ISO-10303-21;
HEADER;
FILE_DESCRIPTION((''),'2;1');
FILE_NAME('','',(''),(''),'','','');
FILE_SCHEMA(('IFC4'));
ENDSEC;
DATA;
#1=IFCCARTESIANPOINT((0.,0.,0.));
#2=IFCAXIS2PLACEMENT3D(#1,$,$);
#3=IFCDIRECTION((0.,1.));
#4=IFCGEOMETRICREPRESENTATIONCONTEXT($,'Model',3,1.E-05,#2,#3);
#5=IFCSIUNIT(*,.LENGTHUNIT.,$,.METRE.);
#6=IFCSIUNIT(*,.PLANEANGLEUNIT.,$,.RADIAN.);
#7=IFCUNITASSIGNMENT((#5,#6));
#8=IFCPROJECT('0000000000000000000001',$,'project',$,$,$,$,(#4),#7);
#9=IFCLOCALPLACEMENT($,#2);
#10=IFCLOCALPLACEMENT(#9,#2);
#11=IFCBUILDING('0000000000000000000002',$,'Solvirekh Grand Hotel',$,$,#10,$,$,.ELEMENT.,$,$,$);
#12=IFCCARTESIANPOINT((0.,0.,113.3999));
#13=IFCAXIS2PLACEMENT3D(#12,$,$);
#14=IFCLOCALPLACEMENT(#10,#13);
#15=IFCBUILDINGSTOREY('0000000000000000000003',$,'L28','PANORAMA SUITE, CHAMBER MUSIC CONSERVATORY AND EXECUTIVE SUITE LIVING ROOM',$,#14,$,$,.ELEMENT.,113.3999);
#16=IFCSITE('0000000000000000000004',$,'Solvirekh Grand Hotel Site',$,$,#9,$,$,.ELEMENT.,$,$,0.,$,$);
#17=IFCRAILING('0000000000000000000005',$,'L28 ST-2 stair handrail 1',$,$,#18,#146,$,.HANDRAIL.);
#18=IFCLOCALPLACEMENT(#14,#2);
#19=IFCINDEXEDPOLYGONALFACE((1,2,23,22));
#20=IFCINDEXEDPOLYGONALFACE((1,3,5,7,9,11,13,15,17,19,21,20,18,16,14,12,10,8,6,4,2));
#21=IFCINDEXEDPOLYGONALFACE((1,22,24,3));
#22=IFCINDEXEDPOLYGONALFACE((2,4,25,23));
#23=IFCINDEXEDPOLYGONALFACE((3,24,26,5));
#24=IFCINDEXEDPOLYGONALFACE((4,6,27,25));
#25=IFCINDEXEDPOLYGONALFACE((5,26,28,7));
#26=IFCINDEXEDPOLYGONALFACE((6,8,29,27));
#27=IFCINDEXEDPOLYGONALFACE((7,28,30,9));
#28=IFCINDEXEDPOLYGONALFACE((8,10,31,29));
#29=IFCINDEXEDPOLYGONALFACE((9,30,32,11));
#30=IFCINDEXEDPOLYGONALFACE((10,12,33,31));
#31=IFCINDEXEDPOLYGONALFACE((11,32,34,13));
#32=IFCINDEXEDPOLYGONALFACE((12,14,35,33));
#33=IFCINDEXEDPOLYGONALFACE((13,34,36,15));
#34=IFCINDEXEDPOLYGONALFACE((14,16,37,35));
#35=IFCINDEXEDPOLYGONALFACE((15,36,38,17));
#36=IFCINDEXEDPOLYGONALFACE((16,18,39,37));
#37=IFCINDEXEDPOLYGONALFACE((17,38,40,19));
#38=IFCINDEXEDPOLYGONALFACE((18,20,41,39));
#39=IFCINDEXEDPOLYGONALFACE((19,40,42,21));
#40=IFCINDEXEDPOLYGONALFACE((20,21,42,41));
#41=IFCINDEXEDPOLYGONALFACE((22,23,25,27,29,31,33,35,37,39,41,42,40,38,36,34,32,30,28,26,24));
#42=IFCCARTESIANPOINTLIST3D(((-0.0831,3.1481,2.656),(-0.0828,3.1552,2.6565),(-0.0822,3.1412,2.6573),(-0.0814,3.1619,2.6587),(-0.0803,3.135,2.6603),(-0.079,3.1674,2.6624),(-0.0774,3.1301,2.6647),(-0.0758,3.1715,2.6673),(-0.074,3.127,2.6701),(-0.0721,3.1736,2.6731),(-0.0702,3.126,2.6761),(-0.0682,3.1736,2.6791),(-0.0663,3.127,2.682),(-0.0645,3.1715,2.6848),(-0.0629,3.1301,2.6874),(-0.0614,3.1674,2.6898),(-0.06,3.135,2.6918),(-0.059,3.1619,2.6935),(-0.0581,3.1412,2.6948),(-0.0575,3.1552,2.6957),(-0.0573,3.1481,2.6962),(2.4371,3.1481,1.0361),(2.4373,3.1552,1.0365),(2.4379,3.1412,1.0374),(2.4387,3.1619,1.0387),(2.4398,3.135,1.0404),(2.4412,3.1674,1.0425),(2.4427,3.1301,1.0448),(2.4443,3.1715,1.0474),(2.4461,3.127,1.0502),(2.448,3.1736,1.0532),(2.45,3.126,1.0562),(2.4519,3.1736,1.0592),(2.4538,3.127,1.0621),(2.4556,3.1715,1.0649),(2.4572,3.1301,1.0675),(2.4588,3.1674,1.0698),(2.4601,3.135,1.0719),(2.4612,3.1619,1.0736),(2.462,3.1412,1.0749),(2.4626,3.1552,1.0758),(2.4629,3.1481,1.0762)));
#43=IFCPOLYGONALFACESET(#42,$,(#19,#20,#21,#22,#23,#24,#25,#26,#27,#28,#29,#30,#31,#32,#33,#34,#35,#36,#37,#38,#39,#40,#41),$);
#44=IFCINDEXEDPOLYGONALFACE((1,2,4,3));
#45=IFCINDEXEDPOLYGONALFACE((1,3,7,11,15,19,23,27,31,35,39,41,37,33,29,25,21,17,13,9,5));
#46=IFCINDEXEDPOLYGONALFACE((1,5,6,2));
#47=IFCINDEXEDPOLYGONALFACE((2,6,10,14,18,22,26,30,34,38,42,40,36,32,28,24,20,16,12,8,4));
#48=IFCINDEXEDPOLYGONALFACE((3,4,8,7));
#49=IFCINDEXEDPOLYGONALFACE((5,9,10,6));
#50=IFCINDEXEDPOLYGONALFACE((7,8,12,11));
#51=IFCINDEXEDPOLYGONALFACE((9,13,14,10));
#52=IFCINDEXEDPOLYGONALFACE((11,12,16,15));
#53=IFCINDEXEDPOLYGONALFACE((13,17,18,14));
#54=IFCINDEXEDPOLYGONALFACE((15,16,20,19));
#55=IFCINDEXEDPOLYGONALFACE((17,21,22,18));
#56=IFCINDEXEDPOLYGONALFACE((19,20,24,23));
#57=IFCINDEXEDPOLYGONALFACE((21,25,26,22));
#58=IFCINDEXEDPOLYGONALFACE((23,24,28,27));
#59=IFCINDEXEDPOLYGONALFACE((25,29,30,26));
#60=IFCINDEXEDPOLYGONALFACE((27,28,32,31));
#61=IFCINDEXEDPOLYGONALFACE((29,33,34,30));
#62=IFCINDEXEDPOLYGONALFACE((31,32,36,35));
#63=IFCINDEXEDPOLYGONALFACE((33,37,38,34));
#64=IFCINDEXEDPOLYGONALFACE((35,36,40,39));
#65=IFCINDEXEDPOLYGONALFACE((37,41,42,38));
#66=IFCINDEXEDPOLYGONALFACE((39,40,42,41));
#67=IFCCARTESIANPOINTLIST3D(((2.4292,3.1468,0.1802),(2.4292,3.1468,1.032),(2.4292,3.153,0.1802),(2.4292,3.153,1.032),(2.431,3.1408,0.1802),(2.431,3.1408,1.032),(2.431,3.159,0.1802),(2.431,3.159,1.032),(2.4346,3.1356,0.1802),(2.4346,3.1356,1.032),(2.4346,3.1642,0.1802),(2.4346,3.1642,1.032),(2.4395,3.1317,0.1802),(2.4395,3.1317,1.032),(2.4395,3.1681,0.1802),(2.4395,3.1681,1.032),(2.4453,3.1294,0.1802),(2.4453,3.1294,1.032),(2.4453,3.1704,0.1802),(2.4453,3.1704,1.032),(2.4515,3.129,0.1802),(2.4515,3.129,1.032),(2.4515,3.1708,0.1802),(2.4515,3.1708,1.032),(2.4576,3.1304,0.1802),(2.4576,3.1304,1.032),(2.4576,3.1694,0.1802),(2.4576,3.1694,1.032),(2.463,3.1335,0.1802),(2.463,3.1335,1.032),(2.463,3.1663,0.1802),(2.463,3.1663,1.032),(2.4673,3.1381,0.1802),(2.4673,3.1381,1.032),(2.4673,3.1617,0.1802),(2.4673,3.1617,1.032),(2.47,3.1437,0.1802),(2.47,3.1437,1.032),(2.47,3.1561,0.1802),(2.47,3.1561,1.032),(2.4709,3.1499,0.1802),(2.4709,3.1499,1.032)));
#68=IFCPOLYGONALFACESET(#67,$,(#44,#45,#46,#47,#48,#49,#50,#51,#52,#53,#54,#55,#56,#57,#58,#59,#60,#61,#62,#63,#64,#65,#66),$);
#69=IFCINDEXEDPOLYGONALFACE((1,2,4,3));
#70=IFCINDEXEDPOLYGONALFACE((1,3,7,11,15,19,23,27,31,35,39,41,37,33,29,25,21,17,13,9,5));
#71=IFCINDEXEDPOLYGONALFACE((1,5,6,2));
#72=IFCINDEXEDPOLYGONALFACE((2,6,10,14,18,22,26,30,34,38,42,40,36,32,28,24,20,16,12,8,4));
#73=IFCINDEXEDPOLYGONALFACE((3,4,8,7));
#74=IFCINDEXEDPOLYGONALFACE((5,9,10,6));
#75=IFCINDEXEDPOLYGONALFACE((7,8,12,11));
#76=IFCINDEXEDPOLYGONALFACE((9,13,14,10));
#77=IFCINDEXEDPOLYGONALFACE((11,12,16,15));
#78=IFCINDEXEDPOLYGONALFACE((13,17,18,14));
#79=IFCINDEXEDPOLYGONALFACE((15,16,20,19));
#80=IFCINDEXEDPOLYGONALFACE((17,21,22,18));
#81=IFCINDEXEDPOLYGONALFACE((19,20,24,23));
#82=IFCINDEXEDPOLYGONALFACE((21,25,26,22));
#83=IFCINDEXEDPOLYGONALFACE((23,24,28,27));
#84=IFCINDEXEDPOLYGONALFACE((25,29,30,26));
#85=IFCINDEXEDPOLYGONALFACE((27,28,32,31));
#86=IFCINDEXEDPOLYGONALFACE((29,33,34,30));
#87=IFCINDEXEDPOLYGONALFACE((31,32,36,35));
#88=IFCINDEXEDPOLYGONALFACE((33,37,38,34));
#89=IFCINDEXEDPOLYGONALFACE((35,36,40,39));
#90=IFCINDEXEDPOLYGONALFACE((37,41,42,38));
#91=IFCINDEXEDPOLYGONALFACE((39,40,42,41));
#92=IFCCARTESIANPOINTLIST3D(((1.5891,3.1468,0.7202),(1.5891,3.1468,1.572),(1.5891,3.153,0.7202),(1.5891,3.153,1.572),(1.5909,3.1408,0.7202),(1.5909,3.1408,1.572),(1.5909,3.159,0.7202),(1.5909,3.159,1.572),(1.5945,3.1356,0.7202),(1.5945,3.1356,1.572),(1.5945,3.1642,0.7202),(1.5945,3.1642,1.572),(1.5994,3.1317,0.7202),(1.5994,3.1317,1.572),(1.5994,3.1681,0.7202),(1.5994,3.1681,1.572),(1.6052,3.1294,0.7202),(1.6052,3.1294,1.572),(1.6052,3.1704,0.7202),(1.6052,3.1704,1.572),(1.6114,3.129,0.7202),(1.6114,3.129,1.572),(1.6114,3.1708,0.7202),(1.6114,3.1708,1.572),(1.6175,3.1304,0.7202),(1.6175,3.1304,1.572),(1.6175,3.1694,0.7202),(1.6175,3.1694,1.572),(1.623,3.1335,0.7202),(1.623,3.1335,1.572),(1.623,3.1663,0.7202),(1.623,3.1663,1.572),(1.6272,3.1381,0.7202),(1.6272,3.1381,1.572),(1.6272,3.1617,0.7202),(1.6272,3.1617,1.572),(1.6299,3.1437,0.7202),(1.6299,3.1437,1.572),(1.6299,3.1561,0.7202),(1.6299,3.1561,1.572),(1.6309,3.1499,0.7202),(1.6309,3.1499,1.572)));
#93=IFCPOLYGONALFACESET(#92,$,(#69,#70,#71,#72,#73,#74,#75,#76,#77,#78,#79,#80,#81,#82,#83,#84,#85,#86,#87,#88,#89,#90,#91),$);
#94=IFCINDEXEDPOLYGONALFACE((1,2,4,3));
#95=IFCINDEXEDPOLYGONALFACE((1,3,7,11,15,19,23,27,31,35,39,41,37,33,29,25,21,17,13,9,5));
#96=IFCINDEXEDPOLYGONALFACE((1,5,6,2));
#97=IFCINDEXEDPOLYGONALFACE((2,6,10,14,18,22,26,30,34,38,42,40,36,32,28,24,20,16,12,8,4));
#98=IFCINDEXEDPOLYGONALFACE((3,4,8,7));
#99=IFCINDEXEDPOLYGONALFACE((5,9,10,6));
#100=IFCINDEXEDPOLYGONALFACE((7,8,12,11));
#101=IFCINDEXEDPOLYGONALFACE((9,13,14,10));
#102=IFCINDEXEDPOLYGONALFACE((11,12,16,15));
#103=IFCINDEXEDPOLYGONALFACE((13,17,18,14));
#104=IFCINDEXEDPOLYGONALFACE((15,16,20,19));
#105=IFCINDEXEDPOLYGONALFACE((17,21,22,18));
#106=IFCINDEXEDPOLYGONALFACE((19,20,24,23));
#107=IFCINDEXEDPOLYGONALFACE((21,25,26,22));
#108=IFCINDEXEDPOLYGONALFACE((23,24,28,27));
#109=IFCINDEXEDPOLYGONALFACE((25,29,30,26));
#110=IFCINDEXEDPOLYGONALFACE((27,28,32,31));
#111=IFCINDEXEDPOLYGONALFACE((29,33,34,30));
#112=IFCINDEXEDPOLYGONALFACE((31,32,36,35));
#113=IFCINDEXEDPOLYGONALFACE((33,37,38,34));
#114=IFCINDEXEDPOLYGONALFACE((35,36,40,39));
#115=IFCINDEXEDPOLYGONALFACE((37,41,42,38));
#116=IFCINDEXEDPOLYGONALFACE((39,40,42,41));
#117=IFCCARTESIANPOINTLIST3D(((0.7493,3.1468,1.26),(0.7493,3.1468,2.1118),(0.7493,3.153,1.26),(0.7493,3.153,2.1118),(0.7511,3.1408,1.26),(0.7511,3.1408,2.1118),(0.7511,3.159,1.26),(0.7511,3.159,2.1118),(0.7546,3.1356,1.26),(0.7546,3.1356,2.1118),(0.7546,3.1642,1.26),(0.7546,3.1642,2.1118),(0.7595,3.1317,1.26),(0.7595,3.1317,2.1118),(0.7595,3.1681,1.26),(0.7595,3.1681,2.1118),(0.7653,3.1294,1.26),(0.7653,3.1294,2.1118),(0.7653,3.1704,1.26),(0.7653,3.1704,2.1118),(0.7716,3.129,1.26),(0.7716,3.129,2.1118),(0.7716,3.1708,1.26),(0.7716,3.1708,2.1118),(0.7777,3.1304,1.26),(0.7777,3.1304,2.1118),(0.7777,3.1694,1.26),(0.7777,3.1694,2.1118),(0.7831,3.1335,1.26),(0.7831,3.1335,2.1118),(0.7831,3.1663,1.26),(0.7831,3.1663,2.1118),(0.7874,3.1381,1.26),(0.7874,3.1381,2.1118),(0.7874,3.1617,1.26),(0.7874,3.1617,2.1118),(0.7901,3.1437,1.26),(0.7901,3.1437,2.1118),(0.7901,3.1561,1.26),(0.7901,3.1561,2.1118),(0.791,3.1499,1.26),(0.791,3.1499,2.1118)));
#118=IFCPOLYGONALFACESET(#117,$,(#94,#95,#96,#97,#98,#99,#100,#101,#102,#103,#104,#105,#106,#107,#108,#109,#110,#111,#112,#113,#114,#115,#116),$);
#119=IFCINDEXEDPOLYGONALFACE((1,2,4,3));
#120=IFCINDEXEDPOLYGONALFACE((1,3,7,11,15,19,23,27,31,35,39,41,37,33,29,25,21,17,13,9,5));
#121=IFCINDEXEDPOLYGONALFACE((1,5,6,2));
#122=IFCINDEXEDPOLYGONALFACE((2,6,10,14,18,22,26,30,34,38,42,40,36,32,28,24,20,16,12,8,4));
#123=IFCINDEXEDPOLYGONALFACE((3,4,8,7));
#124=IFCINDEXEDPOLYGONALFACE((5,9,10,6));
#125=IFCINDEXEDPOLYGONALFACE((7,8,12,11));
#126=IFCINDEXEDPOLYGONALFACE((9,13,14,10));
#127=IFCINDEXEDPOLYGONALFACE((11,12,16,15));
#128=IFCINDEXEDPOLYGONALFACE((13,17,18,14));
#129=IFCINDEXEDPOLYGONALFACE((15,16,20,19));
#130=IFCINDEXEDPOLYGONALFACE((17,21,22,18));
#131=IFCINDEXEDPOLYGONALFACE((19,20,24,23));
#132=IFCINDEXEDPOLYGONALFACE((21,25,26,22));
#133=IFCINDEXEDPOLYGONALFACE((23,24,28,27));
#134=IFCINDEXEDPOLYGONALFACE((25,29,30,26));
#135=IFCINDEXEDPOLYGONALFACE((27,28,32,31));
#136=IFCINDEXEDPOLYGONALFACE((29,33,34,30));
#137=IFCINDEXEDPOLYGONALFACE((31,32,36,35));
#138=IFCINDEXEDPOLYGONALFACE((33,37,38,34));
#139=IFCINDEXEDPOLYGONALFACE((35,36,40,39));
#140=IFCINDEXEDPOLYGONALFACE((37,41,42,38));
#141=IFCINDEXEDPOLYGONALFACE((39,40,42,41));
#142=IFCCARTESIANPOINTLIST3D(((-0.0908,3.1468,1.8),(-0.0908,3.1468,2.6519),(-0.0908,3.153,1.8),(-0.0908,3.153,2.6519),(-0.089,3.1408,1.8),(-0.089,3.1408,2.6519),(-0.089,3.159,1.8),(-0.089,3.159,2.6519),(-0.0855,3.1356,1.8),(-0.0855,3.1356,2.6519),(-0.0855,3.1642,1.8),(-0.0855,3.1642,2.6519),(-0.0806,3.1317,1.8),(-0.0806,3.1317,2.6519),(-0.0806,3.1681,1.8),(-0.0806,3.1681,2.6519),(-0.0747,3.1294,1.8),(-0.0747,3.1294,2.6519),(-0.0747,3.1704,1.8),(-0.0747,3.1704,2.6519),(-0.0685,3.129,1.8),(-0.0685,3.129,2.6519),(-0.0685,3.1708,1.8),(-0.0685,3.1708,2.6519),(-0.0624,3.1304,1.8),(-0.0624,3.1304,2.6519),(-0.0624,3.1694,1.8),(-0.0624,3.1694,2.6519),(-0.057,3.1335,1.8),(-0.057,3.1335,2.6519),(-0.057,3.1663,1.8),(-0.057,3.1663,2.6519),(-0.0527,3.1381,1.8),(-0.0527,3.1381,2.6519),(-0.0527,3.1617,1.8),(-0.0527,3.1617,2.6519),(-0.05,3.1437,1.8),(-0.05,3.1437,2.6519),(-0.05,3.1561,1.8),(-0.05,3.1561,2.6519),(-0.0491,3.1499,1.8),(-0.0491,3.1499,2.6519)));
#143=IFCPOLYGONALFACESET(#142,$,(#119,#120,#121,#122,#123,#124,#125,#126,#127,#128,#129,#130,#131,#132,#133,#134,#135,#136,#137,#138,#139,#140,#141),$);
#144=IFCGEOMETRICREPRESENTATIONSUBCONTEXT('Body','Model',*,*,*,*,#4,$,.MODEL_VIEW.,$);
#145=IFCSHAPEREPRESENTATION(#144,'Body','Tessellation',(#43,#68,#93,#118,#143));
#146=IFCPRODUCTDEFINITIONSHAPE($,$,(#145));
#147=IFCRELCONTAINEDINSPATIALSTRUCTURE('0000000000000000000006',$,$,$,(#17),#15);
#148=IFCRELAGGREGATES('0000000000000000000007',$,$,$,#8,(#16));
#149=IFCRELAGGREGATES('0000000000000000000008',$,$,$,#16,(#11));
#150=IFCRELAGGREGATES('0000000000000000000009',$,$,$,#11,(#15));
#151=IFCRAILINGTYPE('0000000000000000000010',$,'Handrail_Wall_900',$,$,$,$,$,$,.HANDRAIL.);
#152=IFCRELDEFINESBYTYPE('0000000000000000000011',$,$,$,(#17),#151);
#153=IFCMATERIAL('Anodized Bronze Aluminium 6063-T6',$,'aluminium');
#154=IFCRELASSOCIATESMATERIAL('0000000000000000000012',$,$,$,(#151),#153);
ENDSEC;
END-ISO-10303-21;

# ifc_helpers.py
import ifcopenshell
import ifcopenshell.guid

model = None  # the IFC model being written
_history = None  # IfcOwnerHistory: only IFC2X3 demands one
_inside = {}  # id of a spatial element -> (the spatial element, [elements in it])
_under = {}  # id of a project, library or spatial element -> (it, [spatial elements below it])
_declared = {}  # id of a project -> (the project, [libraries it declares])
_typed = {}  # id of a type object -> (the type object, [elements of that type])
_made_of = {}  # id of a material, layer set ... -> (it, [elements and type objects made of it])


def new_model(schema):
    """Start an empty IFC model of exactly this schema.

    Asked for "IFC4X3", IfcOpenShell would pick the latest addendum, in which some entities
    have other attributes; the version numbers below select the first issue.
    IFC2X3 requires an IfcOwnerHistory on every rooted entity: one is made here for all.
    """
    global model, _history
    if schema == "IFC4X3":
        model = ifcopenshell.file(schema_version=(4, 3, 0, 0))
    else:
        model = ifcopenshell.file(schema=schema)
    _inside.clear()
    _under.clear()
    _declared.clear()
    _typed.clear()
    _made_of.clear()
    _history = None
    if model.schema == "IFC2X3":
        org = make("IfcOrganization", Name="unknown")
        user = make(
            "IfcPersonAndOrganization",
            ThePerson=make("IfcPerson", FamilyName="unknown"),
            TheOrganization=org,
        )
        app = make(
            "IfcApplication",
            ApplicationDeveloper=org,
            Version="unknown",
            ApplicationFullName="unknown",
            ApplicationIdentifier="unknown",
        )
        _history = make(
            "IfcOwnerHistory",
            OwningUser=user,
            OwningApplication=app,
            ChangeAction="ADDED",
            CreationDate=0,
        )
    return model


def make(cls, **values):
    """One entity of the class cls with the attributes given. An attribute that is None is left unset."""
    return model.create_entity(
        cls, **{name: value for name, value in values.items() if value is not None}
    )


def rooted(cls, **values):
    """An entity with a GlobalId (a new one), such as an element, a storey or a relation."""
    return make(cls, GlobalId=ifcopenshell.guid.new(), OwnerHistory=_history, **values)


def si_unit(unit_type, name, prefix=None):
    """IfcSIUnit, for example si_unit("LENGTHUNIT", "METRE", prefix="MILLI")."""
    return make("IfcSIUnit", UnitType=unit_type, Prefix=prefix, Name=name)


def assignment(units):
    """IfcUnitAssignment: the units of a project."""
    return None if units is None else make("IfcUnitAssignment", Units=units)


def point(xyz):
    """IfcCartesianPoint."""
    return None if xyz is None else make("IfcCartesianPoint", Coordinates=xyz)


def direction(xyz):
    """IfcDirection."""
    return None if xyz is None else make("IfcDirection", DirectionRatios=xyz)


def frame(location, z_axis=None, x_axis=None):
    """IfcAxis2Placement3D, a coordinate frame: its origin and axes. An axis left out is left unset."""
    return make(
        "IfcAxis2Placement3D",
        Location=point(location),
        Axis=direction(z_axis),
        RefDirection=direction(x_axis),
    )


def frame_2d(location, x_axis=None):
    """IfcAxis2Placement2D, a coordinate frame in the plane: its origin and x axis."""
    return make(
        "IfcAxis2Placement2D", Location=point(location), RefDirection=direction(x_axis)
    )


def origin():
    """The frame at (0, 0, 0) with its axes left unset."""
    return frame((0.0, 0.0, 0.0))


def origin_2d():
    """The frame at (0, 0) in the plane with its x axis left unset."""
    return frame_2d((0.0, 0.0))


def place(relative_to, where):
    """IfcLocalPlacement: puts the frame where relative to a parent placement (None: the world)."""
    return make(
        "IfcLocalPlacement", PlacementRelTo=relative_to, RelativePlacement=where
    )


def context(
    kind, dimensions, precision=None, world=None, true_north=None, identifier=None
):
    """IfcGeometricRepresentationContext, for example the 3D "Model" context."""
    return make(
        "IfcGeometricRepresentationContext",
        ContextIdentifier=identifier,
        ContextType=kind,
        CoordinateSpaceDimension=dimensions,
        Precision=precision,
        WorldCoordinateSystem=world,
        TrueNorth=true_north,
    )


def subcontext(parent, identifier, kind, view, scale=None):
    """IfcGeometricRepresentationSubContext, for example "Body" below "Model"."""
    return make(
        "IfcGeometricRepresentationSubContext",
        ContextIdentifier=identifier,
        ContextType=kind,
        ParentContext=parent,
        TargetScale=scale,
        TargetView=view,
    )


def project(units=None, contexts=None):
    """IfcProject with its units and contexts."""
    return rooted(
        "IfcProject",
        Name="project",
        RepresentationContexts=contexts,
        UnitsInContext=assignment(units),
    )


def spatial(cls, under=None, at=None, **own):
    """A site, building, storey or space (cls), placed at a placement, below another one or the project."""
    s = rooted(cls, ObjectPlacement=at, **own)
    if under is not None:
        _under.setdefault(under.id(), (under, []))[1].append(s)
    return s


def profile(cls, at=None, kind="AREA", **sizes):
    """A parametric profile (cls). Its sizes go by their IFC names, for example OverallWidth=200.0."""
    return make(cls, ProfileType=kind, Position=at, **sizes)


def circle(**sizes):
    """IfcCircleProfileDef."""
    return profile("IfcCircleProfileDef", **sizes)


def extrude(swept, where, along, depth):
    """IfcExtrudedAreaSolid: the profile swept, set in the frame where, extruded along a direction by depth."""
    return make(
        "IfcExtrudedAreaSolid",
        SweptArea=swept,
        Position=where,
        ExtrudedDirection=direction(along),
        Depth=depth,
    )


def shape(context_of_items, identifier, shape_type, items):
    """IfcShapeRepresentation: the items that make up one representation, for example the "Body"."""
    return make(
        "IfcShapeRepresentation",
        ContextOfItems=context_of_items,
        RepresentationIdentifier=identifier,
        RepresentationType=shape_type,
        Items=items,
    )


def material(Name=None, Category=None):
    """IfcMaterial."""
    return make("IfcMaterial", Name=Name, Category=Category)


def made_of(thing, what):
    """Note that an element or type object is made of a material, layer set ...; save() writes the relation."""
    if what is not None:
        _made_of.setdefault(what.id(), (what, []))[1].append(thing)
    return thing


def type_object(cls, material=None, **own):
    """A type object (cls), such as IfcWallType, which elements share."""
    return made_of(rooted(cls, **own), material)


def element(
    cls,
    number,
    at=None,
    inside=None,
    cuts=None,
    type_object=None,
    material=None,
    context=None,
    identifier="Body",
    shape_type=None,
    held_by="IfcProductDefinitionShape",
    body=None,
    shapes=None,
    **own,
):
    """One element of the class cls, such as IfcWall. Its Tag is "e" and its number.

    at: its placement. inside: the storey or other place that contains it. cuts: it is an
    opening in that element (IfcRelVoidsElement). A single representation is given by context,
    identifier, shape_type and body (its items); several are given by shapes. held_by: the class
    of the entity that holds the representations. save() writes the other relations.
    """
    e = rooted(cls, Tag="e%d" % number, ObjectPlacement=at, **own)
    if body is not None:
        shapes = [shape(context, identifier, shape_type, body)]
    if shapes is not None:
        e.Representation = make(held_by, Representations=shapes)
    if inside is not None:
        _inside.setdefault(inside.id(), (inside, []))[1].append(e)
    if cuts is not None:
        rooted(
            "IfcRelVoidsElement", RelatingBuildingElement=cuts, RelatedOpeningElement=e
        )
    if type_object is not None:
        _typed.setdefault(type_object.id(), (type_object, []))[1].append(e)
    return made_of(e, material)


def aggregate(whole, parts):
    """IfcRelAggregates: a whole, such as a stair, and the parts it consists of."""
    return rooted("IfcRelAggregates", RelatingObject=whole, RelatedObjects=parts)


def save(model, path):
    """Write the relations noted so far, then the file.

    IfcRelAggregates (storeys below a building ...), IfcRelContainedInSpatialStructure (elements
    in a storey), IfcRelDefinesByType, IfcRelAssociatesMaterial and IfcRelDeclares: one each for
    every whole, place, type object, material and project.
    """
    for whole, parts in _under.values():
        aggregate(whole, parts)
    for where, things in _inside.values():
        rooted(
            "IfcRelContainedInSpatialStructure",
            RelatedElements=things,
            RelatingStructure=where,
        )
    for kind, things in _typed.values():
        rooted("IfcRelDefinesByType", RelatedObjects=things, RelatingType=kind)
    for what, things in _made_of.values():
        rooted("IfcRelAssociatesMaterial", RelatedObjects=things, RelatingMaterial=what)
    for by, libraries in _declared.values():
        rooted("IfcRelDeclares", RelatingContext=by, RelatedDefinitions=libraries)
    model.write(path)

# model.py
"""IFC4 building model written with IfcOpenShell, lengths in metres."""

from ifc_helpers import new_model, si_unit, direction, frame, origin, origin_2d, place, context, subcontext, project, spatial, circle, extrude, material, type_object, element, save


model = new_model("IFC4")

# Units and contexts
model_context = context("Model", 3, precision=1e-05, world=origin(), true_north=direction((0.0, 1.0)))
body_context = subcontext(model_context, "Body", "Model", "MODEL_VIEW")
ifc_project = project(units=[si_unit("LENGTHUNIT", "METRE"), si_unit("PLANEANGLEUNIT", "RADIAN")], contexts=[model_context])

# Site, building, storey
site_placement = place(None, origin())
site = spatial("IfcSite", under=ifc_project, at=site_placement, Name="Solvirekh Grand Hotel Site", CompositionType="ELEMENT", RefElevation=0.0)
building_placement = place(site_placement, origin())
building = spatial("IfcBuilding", under=site, at=building_placement, Name="Solvirekh Grand Hotel", CompositionType="ELEMENT")
storey_placement = place(building_placement, frame((0.0, 0.0, 113.3999)))
storey = spatial("IfcBuildingStorey", under=building, at=storey_placement, Name="L28", Description="PANORAMA SUITE, CHAMBER MUSIC CONSERVATORY AND EXECUTIVE SUITE LIVING ROOM", CompositionType="ELEMENT", Elevation=113.3999)

# Railing
ifc_material_1 = material(Name="Anodized Bronze Aluminium 6063-T6", Category="aluminium")
railing_type_1 = type_object("IfcRailingType", Name="Handrail_Wall_900", PredefinedType="HANDRAIL", material=ifc_material_1)
railing_1_placement = place(storey_placement, frame((2.45, 3.1499, 0.1802)))
element("IfcRailing", 1, at=railing_1_placement, inside=storey, type_object=railing_type_1, Name="L28 ST-2 stair handrail 1", PredefinedType="HANDRAIL", context=body_context, shape_type="SweptSolid", body=[
    extrude(circle(Radius=0.0239, at=origin_2d()), frame((0.0, 0.0, 0.876), z_axis=(-0.8412, 0.0, 0.540725), x_axis=(0.0, -1.0, 0.0)), (0.0, 0.0, 1.0), 2.9958),
    extrude(circle(Radius=0.021, at=origin_2d()), origin(), (0.0, 0.0, 1.0), 0.8518),
    extrude(circle(Radius=0.021, at=origin_2d()), frame((-0.8401, 0.0, 0.54)), (0.0, 0.0, 1.0), 0.8518),
    extrude(circle(Radius=0.021, at=origin_2d()), frame((-1.6799, 0.0, 1.0798)), (0.0, 0.0, 1.0), 0.8518),
    extrude(circle(Radius=0.021, at=origin_2d()), frame((-2.52, 0.0, 1.6199)), (0.0, 0.0, 1.0), 0.8518),
])

save(model, "model.ifc")
